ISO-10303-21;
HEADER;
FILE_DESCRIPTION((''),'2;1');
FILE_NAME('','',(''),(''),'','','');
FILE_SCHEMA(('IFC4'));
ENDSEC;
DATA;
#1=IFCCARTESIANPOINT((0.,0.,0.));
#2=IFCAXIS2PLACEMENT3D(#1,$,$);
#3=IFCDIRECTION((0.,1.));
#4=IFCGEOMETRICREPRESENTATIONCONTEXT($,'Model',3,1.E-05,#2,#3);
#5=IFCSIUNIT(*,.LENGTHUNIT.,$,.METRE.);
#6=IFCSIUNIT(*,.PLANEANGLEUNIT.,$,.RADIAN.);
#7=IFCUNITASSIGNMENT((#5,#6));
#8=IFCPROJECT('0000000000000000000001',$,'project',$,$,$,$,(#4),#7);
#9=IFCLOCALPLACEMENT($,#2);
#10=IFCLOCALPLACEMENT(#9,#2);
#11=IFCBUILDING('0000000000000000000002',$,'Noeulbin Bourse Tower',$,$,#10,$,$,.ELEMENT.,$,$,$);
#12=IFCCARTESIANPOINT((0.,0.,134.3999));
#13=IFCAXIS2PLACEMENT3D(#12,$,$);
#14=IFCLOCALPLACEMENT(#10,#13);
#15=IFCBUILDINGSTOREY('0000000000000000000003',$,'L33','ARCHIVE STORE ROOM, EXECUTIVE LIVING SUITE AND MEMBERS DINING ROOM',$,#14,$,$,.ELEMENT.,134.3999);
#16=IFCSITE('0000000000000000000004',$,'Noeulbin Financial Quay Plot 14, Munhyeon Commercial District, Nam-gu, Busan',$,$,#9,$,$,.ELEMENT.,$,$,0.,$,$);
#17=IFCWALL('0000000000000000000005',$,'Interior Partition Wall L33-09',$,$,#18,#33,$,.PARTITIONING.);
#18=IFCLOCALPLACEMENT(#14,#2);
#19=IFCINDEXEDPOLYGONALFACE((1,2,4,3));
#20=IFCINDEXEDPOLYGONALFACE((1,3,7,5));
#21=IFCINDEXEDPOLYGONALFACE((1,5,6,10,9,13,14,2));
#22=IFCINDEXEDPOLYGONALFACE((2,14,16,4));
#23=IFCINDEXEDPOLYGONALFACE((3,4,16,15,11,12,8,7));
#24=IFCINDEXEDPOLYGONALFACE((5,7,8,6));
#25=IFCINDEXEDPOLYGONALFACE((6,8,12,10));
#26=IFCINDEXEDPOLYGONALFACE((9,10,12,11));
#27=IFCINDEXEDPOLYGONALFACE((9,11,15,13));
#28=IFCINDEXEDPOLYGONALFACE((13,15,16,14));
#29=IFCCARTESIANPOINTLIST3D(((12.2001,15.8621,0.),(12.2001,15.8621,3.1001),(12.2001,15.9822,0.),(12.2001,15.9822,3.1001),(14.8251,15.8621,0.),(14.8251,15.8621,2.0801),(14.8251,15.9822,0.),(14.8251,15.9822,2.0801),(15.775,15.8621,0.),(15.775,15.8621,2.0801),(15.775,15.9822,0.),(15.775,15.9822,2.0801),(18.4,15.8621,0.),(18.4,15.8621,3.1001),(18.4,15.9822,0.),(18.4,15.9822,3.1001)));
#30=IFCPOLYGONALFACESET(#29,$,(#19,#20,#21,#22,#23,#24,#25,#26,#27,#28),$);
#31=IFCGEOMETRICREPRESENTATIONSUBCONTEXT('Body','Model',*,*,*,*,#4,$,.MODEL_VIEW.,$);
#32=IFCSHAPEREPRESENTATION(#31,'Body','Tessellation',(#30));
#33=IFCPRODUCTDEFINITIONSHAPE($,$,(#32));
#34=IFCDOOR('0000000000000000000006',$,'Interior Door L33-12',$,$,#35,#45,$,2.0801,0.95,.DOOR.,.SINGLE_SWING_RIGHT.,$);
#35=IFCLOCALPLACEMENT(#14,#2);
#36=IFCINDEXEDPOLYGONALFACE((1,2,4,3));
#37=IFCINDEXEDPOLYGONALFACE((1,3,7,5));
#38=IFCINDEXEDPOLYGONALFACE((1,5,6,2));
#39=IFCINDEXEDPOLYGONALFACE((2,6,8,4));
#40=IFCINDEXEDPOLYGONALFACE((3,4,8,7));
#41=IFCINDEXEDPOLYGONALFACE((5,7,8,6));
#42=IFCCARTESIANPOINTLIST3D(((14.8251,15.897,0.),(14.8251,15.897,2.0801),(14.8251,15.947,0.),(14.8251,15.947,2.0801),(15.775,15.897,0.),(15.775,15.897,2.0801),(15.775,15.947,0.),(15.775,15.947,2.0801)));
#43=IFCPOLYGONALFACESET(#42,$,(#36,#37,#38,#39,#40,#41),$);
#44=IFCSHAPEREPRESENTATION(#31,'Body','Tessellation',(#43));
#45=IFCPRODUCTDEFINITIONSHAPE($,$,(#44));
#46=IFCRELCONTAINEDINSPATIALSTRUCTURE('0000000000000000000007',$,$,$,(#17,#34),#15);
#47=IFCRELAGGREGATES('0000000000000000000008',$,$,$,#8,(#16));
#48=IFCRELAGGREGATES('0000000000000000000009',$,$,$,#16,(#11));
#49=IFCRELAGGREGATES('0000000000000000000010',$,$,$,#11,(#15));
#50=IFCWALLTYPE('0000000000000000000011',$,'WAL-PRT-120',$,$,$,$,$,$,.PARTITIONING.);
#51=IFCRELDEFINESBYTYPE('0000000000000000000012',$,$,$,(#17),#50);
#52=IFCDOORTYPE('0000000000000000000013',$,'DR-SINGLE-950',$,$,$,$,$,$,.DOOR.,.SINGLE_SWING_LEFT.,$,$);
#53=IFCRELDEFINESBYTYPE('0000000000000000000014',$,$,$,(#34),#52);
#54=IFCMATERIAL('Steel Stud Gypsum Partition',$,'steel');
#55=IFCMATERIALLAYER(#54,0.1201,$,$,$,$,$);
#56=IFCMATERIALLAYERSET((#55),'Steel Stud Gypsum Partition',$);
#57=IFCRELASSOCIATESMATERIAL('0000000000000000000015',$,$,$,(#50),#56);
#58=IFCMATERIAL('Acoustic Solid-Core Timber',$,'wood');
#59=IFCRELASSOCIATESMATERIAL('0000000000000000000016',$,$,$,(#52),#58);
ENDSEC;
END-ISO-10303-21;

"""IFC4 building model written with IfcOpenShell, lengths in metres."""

from ifc_helpers import new_model, si_unit, direction, frame, frame_2d, origin, place, context, subcontext, project, spatial, rectangle, extrude, material, layer, layer_set, type_object, element, fill, save


model = new_model("IFC4")

# Units and contexts
model_context = context("Model", 3, precision=1e-05, world=origin(), true_north=direction((0.0, 1.0)))
body_context = subcontext(model_context, "Body", "Model", "MODEL_VIEW")
ifc_project = project(units=[si_unit("LENGTHUNIT", "METRE"), si_unit("PLANEANGLEUNIT", "RADIAN")], contexts=[model_context])

# Site, building, storey
site_placement = place(None, origin())
site = spatial("IfcSite", under=ifc_project, at=site_placement, Name="Noeulbin Financial Quay Plot 14, Munhyeon Commercial District, Nam-gu, Busan", CompositionType="ELEMENT", RefElevation=0.0)
building_placement = place(site_placement, origin())
building = spatial("IfcBuilding", under=site, at=building_placement, Name="Noeulbin Bourse Tower", CompositionType="ELEMENT")
storey_placement = place(building_placement, frame((0.0, 0.0, 134.3999)))
storey = spatial("IfcBuildingStorey", under=building, at=storey_placement, Name="L33", Description="ARCHIVE STORE ROOM, EXECUTIVE LIVING SUITE AND MEMBERS DINING ROOM", CompositionType="ELEMENT", Elevation=134.3999)

# Wall, opening, door
ifc_material_1 = material(Name="Steel Stud Gypsum Partition", Category="steel")
ifc_layer_1 = layer(ifc_material_1, 0.1201)
ifc_layer_set_1 = layer_set([ifc_layer_1], Name="Steel Stud Gypsum Partition")
wall_type_1 = type_object("IfcWallType", Name="WAL-PRT-120", PredefinedType="PARTITIONING", material=ifc_layer_set_1)
ifc_material_2 = material(Name="Acoustic Solid-Core Timber", Category="wood")
door_type = type_object("IfcDoorType", Name="DR-SINGLE-950", OperationType="SINGLE_SWING_LEFT", PredefinedType="DOOR", material=ifc_material_2)
wall_1_placement = place(storey_placement, frame((12.2, 15.9221, 0.0), z_axis=(0.0, 0.0, 1.0), x_axis=(1.0, 0.0, 0.0)))
wall_1 = element("IfcWall", 1, at=wall_1_placement, inside=storey, type_object=wall_type_1, Name="Interior Partition Wall L33-09", PredefinedType="PARTITIONING", context=body_context, shape_type="SweptSolid", body=[
    extrude(rectangle(XDim=6.2, YDim=0.1201, at=frame_2d((3.1001, 0.0))), origin(), (0.0, 0.0, 1.0), 3.1001),
])
opening_1_placement = place(wall_1_placement, frame((2.625, 0.0, 0.0)))
opening_1 = element("IfcOpeningElement", 2, at=opening_1_placement, cuts=wall_1, PredefinedType="OPENING", context=body_context, shape_type="SweptSolid", body=[
    extrude(rectangle(XDim=0.95, YDim=2.0801, at=frame_2d((0.4751, 1.04))), frame((0.0, 0.0701, 0.0), z_axis=(0.0, -1.0, 0.0), x_axis=(1.0, 0.0, 0.0)), (0.0, 0.0, 1.0), 0.1401),
])
door_1_placement = place(opening_1_placement, origin())
door_1 = element("IfcDoor", 3, at=door_1_placement, inside=storey, type_object=door_type, Name="Interior Door L33-12", OperationType="SINGLE_SWING_RIGHT", OverallHeight=2.0801, OverallWidth=0.95, PredefinedType="DOOR", context=body_context, shape_type="SweptSolid", body=[
    extrude(rectangle(XDim=0.95, YDim=2.0801, at=frame_2d((0.4751, 1.04))), frame((0.0, 0.0249, 0.0), z_axis=(0.0, -1.0, 0.0), x_axis=(1.0, 0.0, 0.0)), (0.0, 0.0, 1.0), 0.05),
])
fill(opening_1, door_1)

save(model, "model.ifc")
